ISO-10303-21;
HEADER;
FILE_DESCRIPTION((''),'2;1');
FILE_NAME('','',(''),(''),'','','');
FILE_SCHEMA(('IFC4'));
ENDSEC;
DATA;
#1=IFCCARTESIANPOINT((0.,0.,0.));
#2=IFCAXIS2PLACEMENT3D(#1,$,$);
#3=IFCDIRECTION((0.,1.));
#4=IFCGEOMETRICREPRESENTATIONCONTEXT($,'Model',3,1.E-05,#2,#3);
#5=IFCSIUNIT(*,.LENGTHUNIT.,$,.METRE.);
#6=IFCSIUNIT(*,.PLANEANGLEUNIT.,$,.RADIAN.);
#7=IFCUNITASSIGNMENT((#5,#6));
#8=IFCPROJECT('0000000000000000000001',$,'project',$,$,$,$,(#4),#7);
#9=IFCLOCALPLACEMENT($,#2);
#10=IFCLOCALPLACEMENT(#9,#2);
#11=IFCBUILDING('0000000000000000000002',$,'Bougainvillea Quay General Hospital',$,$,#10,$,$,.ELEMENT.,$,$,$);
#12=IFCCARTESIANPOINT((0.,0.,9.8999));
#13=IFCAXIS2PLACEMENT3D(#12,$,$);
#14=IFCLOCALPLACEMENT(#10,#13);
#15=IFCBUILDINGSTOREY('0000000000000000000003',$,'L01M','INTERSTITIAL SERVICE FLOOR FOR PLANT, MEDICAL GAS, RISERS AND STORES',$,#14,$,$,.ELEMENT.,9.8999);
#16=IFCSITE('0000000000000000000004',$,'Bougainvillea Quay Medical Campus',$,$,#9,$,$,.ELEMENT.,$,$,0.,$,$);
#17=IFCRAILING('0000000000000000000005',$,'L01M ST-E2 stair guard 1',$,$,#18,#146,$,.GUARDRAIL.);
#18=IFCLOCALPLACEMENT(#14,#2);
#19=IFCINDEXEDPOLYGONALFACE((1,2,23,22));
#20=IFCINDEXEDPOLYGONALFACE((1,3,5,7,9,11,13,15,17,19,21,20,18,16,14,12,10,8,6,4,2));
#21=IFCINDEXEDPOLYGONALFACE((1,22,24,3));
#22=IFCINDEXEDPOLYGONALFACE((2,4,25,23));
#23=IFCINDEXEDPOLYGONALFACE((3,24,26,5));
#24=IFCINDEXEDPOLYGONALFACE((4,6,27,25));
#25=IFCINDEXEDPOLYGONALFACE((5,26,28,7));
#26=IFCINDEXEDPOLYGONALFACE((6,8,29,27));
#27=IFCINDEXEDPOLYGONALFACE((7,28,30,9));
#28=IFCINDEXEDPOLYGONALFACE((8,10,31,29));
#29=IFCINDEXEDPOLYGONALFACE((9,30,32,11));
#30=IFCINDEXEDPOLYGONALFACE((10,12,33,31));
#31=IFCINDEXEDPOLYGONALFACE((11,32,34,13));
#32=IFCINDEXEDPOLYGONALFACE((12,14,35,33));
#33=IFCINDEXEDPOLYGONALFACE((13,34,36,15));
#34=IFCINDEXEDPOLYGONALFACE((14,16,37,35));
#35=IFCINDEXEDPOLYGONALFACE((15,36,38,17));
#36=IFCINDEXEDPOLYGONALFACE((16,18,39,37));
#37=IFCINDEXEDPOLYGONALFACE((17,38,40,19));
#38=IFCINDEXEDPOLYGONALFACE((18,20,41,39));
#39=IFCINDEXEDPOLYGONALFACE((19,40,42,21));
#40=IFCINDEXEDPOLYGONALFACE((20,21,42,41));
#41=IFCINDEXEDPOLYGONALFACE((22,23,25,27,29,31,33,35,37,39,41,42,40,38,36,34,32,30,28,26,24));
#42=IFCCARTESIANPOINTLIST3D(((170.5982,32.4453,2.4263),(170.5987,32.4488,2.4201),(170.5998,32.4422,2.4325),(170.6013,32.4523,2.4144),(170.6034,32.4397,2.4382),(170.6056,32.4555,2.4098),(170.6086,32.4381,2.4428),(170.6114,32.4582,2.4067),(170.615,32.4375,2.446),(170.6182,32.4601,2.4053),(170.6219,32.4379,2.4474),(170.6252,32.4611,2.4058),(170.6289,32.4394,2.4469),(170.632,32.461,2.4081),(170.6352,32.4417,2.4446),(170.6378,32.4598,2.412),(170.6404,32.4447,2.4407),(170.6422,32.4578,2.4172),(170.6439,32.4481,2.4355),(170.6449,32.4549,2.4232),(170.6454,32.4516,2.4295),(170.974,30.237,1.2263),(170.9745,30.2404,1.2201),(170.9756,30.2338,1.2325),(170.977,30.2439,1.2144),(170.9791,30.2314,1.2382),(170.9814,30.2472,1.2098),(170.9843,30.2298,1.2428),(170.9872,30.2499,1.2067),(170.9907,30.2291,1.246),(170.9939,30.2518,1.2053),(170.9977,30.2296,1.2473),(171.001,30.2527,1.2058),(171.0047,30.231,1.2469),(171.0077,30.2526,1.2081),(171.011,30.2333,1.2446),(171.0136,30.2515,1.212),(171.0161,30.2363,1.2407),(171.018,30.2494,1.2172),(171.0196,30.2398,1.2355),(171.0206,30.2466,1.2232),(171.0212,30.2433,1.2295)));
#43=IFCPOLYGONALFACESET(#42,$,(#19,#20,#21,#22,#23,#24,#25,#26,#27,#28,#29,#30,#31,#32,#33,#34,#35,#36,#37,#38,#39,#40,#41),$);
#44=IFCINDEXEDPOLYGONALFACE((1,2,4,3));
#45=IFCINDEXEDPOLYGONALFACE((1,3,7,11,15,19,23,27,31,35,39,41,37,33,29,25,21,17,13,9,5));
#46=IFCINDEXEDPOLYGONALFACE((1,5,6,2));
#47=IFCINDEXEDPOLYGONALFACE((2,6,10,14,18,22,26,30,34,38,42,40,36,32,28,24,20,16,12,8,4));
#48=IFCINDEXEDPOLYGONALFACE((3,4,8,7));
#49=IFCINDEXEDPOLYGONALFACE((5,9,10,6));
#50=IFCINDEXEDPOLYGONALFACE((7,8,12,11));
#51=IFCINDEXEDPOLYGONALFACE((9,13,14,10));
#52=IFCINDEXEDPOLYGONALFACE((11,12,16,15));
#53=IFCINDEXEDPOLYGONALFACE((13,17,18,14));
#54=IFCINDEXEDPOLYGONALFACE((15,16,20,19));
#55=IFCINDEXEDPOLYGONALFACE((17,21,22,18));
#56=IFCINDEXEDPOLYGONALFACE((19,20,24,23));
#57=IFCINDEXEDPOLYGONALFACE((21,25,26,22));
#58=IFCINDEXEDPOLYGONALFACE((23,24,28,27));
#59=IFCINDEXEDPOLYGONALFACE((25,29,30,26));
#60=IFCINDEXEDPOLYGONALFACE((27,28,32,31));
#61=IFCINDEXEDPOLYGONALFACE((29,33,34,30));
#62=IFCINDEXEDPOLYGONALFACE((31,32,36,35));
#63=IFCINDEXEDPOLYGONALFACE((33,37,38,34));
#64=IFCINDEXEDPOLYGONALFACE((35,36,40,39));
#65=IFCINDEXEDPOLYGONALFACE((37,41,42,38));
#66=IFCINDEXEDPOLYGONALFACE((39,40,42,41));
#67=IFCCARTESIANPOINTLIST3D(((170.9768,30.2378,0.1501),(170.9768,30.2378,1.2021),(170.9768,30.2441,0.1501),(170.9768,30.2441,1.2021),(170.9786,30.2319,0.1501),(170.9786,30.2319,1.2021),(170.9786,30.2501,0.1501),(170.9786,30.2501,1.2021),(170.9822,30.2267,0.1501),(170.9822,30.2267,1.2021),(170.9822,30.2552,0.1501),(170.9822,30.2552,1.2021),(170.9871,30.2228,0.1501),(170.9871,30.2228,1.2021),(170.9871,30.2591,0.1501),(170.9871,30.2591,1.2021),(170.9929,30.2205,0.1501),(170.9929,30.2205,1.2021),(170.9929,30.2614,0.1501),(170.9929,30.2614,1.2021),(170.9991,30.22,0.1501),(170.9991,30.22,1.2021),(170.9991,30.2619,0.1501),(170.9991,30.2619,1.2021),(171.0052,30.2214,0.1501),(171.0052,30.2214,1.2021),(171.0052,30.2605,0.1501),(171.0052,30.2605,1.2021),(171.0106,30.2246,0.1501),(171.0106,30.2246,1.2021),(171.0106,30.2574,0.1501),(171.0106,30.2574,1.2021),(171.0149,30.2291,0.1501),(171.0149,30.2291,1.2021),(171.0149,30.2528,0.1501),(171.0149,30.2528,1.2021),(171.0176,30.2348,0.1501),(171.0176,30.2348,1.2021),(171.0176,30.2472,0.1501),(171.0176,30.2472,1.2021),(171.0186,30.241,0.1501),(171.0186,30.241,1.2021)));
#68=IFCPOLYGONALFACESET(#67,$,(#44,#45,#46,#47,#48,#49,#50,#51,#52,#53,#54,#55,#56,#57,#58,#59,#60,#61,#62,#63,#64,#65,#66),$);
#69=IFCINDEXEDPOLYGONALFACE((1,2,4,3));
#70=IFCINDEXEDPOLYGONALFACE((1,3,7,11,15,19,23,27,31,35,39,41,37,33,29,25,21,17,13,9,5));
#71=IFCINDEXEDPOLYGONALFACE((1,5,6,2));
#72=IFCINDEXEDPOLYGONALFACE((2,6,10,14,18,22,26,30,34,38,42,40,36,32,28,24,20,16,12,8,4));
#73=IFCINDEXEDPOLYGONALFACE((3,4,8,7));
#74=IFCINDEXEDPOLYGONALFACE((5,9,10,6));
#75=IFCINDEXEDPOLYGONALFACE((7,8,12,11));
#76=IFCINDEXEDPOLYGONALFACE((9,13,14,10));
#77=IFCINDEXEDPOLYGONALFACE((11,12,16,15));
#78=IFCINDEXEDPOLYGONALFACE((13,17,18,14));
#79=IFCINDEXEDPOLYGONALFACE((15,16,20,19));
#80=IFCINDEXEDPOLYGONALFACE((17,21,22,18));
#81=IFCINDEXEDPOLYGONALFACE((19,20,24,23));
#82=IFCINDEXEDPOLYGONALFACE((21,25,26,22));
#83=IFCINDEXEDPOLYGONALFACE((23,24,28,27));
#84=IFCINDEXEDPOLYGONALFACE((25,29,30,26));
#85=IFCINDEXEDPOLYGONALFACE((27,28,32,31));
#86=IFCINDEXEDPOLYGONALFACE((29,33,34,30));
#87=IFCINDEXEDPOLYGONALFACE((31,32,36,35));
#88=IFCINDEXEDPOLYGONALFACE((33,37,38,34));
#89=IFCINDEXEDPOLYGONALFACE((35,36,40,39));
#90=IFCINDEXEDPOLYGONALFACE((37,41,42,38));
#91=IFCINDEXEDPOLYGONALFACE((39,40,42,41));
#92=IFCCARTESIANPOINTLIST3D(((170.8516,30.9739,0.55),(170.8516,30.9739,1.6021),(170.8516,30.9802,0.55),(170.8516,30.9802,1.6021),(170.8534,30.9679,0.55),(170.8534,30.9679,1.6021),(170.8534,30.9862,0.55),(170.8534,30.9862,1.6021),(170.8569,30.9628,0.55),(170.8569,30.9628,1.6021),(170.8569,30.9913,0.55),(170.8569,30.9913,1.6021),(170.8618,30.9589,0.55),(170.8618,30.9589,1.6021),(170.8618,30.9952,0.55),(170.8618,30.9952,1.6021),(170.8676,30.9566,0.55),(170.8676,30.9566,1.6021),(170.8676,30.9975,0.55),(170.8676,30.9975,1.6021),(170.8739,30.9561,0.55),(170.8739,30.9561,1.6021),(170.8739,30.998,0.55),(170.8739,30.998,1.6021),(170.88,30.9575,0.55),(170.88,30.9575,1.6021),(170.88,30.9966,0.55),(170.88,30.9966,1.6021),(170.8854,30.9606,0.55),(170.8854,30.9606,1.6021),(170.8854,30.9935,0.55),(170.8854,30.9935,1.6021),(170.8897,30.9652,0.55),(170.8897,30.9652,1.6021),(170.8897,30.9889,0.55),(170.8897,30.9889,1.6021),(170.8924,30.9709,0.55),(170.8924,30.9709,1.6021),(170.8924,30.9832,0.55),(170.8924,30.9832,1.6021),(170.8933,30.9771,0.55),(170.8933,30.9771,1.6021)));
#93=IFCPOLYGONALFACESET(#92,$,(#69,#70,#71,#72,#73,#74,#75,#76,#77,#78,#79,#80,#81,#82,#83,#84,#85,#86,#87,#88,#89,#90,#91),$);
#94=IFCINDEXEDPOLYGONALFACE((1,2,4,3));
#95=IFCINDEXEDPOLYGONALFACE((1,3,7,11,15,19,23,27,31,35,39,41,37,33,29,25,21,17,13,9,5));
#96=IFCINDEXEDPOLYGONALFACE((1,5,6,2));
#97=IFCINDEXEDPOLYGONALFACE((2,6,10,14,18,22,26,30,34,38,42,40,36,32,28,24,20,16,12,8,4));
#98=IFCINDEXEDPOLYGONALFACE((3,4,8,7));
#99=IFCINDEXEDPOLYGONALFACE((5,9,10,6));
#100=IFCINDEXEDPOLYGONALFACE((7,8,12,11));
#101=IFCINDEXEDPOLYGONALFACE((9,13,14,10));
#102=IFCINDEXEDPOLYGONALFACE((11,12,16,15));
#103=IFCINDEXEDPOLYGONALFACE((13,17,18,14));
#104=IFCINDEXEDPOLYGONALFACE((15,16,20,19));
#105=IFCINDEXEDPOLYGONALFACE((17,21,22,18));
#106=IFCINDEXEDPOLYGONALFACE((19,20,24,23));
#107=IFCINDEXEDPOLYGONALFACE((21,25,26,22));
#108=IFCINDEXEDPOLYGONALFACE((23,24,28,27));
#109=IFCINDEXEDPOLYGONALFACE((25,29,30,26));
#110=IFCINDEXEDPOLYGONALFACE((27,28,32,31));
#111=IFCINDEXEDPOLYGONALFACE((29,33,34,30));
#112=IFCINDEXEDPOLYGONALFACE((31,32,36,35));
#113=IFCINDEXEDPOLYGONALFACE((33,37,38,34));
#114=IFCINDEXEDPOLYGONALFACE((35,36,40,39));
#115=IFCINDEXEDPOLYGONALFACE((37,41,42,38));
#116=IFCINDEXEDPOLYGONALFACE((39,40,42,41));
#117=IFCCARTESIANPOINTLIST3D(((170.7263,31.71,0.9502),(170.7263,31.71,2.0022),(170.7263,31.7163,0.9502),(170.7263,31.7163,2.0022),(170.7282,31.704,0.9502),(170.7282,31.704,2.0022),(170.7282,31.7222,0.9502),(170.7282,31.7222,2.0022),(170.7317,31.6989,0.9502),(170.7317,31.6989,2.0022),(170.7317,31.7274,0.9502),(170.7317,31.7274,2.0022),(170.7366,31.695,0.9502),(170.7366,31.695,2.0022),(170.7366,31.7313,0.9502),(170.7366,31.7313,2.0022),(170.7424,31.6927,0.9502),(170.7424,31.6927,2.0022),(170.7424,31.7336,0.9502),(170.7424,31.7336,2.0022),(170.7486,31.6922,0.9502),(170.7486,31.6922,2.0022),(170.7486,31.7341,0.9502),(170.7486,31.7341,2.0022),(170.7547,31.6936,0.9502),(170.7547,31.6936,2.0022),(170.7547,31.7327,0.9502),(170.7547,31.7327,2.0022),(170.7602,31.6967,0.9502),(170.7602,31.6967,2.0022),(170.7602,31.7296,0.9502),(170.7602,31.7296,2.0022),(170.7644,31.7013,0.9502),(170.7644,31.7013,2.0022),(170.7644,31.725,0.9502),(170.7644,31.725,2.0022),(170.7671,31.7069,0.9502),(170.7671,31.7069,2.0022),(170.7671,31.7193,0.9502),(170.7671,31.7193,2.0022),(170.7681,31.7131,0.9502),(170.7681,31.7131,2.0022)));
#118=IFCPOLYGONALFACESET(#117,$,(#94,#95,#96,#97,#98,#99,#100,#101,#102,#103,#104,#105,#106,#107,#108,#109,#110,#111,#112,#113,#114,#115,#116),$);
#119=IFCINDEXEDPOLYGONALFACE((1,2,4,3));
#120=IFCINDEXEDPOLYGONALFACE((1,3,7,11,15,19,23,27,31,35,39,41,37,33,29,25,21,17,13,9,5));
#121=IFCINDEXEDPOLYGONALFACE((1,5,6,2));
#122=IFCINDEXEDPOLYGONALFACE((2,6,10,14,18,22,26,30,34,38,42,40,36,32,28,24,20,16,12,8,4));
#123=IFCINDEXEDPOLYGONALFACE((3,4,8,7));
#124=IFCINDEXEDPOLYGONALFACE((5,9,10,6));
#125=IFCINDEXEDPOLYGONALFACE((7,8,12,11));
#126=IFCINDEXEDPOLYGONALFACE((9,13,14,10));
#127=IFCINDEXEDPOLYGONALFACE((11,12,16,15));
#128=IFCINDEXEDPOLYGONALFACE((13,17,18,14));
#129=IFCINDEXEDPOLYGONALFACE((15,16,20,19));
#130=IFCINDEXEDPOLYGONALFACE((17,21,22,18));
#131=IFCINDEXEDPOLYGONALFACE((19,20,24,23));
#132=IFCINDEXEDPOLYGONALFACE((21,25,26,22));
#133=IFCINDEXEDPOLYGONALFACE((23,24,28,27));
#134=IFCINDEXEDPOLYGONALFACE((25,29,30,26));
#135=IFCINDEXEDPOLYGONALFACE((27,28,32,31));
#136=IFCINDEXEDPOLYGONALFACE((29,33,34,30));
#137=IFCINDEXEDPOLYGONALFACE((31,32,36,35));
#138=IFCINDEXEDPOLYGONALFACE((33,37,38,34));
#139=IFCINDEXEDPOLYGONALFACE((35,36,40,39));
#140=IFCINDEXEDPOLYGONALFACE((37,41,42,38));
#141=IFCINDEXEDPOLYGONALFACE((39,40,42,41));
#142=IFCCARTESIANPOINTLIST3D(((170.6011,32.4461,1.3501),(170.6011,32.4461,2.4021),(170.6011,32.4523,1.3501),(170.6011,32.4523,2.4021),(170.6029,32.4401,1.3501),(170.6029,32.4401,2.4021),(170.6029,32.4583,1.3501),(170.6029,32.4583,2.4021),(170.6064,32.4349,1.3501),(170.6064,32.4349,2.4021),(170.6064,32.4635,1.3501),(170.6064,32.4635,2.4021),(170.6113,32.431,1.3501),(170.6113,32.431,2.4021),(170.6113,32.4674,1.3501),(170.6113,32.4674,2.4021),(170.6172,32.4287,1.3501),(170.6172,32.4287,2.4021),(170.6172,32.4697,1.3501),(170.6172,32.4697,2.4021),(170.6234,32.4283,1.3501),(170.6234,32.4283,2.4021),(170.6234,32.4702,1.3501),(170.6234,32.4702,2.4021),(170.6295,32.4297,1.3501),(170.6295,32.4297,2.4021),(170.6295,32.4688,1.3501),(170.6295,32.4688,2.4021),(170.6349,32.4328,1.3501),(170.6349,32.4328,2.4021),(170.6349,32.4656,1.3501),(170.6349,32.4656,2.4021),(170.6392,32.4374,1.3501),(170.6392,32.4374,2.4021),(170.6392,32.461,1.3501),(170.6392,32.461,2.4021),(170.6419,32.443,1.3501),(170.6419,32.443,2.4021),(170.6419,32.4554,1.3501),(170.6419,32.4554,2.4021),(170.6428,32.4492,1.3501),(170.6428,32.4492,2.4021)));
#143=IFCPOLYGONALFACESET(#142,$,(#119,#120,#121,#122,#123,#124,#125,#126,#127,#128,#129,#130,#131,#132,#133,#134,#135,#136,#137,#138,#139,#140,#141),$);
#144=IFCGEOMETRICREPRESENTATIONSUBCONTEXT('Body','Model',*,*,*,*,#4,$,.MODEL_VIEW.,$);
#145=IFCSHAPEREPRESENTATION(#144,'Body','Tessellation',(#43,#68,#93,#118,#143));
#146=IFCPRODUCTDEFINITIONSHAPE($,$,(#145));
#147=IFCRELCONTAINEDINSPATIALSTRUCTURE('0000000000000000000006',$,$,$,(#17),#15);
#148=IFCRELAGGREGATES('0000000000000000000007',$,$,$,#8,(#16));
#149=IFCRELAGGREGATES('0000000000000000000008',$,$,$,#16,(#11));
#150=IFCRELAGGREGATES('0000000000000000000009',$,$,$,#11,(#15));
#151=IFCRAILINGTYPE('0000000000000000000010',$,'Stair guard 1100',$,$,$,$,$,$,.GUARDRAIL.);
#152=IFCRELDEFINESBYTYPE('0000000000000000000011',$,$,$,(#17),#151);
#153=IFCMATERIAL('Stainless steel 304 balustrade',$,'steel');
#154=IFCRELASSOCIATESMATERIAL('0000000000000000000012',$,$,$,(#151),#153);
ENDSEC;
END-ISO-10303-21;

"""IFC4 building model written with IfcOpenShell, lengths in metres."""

from ifc_helpers import new_model, si_unit, direction, frame, origin, origin_2d, place, context, subcontext, project, spatial, circle, extrude, material, type_object, element, save


model = new_model("IFC4")

# Units and contexts
model_context = context("Model", 3, precision=1e-05, world=origin(), true_north=direction((0.0, 1.0)))
body_context = subcontext(model_context, "Body", "Model", "MODEL_VIEW")
ifc_project = project(units=[si_unit("LENGTHUNIT", "METRE"), si_unit("PLANEANGLEUNIT", "RADIAN")], contexts=[model_context])

# Site, building, storey
site_placement = place(None, origin())
site = spatial("IfcSite", under=ifc_project, at=site_placement, Name="Bougainvillea Quay Medical Campus", CompositionType="ELEMENT", RefElevation=0.0)
building_placement = place(site_placement, origin())
building = spatial("IfcBuilding", under=site, at=building_placement, Name="Bougainvillea Quay General Hospital", CompositionType="ELEMENT")
storey_placement = place(building_placement, frame((0.0, 0.0, 9.8999)))
storey = spatial("IfcBuildingStorey", under=building, at=storey_placement, Name="L01M", Description="INTERSTITIAL SERVICE FLOOR FOR PLANT, MEDICAL GAS, RISERS AND STORES", CompositionType="ELEMENT", Elevation=9.8999)

# Railing
ifc_material_1 = material(Name="Stainless steel 304 balustrade", Category="steel")
railing_type_1 = type_object("IfcRailingType", Name="Stair guard 1100", PredefinedType="GUARDRAIL", material=ifc_material_1)
railing_1_placement = place(storey_placement, frame((170.9976, 30.241, 0.1501)))
element("IfcRailing", 1, at=railing_1_placement, inside=storey, type_object=railing_type_1, Name="L01M ST-E2 stair guard 1", PredefinedType="GUARDRAIL", context=body_context, shape_type="SweptSolid", body=[
    extrude(circle(Radius=0.0239, at=origin_2d()), frame((0.0, 0.0, 1.0762), z_axis=(-0.147859, 0.868998, 0.472208), x_axis=(-0.985832, -0.167738, 0.0)), (0.0, 0.0, 1.0), 2.5413),
    extrude(circle(Radius=0.021, at=origin_2d()), origin(), (0.0, 0.0, 1.0), 1.052),
    extrude(circle(Radius=0.021, at=origin_2d()), frame((-0.1252, 0.7361, 0.3999)), (0.0, 0.0, 1.0), 1.052),
    extrude(circle(Radius=0.021, at=origin_2d()), frame((-0.2505, 1.4722, 0.8)), (0.0, 0.0, 1.0), 1.052),
    extrude(circle(Radius=0.021, at=origin_2d()), frame((-0.3757, 2.2083, 1.2)), (0.0, 0.0, 1.0), 1.052),
])

save(model, "model.ifc")
